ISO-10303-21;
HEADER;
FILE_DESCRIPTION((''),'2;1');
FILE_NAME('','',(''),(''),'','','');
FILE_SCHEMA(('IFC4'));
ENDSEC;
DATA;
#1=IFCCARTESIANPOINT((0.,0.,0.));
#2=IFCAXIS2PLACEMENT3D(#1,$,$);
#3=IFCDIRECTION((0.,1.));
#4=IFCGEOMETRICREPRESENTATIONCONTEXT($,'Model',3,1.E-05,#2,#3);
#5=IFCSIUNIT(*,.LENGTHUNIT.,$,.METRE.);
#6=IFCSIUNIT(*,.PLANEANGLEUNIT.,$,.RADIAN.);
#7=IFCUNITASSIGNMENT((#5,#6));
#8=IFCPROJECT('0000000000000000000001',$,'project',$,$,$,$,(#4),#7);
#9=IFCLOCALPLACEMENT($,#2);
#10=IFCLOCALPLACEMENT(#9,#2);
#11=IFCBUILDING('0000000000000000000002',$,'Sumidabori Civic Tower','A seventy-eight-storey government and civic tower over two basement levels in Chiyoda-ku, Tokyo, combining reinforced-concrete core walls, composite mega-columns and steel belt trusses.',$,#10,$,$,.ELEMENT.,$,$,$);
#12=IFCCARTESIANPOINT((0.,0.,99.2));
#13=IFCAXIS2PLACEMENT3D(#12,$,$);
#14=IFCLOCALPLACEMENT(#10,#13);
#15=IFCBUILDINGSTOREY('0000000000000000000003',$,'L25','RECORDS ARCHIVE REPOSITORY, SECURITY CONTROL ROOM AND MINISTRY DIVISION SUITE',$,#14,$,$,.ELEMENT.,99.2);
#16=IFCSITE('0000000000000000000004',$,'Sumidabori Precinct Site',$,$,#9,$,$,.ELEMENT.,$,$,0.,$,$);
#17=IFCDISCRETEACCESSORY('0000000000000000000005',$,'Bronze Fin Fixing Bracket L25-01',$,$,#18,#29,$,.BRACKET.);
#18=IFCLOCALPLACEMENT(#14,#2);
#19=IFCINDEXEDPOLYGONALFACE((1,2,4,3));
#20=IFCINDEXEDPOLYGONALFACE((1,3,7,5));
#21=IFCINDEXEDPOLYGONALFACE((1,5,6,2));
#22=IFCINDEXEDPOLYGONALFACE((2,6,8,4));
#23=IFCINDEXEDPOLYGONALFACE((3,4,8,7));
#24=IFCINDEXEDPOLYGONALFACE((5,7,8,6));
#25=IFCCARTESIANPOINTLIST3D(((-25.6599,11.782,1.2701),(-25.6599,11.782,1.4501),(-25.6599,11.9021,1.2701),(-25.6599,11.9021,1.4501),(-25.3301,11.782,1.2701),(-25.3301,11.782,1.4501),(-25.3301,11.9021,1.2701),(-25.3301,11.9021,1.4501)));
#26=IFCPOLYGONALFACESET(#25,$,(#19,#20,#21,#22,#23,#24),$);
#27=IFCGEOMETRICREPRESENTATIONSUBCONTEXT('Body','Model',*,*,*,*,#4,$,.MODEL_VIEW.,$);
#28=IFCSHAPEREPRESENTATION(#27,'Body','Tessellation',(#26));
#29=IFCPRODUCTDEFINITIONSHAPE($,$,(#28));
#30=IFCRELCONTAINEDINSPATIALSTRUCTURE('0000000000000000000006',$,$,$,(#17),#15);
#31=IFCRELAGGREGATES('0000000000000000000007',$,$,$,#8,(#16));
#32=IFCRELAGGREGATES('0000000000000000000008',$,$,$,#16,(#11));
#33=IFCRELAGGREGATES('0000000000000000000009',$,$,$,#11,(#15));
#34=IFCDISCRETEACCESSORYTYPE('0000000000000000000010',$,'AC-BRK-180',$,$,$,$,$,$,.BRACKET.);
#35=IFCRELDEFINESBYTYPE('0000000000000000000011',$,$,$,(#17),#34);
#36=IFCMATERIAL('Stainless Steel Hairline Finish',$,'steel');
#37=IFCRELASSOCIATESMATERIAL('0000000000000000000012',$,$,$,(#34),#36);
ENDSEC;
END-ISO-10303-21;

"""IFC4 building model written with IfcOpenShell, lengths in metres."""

from ifc_helpers import new_model, si_unit, direction, frame, origin, origin_2d, place, context, subcontext, project, spatial, rectangle, extrude, source, transform, mapped, material, material_profile, profile_set, type_object, element, save


model = new_model("IFC4")

# Units and contexts
model_context = context("Model", 3, precision=1e-05, world=origin(), true_north=direction((0.0, 1.0)))
body_context = subcontext(model_context, "Body", "Model", "MODEL_VIEW")
ifc_project = project(units=[si_unit("LENGTHUNIT", "METRE"), si_unit("PLANEANGLEUNIT", "RADIAN")], contexts=[model_context])

# Site, building, storey
site_placement = place(None, origin())
site = spatial("IfcSite", under=ifc_project, at=site_placement, Name="Sumidabori Precinct Site", CompositionType="ELEMENT", RefElevation=0.0)
building_placement = place(site_placement, origin())
building = spatial("IfcBuilding", under=site, at=building_placement, Name="Sumidabori Civic Tower", Description="A seventy-eight-storey government and civic tower over two basement levels in Chiyoda-ku, Tokyo, combining reinforced-concrete core walls, composite mega-columns and steel belt trusses.", CompositionType="ELEMENT")
storey_placement = place(building_placement, frame((0.0, 0.0, 99.2)))
storey = spatial("IfcBuildingStorey", under=building, at=storey_placement, Name="L25", Description="RECORDS ARCHIVE REPOSITORY, SECURITY CONTROL ROOM AND MINISTRY DIVISION SUITE", CompositionType="ELEMENT", Elevation=99.2)

# Shared definitions
ifc_material_1 = material(Name="Stainless Steel Hairline Finish", Category="steel")

# Discrete accessory
ifc_material_profile_1 = material_profile(ifc_material_1, rectangle(XDim=0.1201, YDim=0.1799, at=origin_2d()), Name="STEEL BRACKET 180x120")
ifc_profile_set_1 = profile_set([ifc_material_profile_1], Name="Stainless Steel Hairline Finish")
discrete_accessory_type = type_object("IfcDiscreteAccessoryType", Name="AC-BRK-180", PredefinedType="BRACKET", material=ifc_profile_set_1)
shared_shape_1 = source(origin(), body_context, "Body", "SweptSolid", [
    extrude(rectangle(XDim=0.1201, YDim=0.1799, at=origin_2d()), origin(), (0.0, 0.0, 1.0), 0.3298),
])
discrete_accessory_placement = place(storey_placement, frame((-25.3301, 11.842, 1.3601), z_axis=(-1.0, 0.0, 0.0), x_axis=(0.0, -1.0, 0.0)))
element("IfcDiscreteAccessory", 1, at=discrete_accessory_placement, inside=storey, type_object=discrete_accessory_type, Name="Bronze Fin Fixing Bracket L25-01", PredefinedType="BRACKET", context=body_context, shape_type="MappedRepresentation", body=[
    mapped(shared_shape_1, transform((0.0, 0.0, 0.0), x_axis=(1.0, 0.0, 0.0), y_axis=(0.0, 1.0, 0.0), z_axis=(0.0, 0.0, 1.0), scale=1.0)),
])

save(model, "model.ifc")
